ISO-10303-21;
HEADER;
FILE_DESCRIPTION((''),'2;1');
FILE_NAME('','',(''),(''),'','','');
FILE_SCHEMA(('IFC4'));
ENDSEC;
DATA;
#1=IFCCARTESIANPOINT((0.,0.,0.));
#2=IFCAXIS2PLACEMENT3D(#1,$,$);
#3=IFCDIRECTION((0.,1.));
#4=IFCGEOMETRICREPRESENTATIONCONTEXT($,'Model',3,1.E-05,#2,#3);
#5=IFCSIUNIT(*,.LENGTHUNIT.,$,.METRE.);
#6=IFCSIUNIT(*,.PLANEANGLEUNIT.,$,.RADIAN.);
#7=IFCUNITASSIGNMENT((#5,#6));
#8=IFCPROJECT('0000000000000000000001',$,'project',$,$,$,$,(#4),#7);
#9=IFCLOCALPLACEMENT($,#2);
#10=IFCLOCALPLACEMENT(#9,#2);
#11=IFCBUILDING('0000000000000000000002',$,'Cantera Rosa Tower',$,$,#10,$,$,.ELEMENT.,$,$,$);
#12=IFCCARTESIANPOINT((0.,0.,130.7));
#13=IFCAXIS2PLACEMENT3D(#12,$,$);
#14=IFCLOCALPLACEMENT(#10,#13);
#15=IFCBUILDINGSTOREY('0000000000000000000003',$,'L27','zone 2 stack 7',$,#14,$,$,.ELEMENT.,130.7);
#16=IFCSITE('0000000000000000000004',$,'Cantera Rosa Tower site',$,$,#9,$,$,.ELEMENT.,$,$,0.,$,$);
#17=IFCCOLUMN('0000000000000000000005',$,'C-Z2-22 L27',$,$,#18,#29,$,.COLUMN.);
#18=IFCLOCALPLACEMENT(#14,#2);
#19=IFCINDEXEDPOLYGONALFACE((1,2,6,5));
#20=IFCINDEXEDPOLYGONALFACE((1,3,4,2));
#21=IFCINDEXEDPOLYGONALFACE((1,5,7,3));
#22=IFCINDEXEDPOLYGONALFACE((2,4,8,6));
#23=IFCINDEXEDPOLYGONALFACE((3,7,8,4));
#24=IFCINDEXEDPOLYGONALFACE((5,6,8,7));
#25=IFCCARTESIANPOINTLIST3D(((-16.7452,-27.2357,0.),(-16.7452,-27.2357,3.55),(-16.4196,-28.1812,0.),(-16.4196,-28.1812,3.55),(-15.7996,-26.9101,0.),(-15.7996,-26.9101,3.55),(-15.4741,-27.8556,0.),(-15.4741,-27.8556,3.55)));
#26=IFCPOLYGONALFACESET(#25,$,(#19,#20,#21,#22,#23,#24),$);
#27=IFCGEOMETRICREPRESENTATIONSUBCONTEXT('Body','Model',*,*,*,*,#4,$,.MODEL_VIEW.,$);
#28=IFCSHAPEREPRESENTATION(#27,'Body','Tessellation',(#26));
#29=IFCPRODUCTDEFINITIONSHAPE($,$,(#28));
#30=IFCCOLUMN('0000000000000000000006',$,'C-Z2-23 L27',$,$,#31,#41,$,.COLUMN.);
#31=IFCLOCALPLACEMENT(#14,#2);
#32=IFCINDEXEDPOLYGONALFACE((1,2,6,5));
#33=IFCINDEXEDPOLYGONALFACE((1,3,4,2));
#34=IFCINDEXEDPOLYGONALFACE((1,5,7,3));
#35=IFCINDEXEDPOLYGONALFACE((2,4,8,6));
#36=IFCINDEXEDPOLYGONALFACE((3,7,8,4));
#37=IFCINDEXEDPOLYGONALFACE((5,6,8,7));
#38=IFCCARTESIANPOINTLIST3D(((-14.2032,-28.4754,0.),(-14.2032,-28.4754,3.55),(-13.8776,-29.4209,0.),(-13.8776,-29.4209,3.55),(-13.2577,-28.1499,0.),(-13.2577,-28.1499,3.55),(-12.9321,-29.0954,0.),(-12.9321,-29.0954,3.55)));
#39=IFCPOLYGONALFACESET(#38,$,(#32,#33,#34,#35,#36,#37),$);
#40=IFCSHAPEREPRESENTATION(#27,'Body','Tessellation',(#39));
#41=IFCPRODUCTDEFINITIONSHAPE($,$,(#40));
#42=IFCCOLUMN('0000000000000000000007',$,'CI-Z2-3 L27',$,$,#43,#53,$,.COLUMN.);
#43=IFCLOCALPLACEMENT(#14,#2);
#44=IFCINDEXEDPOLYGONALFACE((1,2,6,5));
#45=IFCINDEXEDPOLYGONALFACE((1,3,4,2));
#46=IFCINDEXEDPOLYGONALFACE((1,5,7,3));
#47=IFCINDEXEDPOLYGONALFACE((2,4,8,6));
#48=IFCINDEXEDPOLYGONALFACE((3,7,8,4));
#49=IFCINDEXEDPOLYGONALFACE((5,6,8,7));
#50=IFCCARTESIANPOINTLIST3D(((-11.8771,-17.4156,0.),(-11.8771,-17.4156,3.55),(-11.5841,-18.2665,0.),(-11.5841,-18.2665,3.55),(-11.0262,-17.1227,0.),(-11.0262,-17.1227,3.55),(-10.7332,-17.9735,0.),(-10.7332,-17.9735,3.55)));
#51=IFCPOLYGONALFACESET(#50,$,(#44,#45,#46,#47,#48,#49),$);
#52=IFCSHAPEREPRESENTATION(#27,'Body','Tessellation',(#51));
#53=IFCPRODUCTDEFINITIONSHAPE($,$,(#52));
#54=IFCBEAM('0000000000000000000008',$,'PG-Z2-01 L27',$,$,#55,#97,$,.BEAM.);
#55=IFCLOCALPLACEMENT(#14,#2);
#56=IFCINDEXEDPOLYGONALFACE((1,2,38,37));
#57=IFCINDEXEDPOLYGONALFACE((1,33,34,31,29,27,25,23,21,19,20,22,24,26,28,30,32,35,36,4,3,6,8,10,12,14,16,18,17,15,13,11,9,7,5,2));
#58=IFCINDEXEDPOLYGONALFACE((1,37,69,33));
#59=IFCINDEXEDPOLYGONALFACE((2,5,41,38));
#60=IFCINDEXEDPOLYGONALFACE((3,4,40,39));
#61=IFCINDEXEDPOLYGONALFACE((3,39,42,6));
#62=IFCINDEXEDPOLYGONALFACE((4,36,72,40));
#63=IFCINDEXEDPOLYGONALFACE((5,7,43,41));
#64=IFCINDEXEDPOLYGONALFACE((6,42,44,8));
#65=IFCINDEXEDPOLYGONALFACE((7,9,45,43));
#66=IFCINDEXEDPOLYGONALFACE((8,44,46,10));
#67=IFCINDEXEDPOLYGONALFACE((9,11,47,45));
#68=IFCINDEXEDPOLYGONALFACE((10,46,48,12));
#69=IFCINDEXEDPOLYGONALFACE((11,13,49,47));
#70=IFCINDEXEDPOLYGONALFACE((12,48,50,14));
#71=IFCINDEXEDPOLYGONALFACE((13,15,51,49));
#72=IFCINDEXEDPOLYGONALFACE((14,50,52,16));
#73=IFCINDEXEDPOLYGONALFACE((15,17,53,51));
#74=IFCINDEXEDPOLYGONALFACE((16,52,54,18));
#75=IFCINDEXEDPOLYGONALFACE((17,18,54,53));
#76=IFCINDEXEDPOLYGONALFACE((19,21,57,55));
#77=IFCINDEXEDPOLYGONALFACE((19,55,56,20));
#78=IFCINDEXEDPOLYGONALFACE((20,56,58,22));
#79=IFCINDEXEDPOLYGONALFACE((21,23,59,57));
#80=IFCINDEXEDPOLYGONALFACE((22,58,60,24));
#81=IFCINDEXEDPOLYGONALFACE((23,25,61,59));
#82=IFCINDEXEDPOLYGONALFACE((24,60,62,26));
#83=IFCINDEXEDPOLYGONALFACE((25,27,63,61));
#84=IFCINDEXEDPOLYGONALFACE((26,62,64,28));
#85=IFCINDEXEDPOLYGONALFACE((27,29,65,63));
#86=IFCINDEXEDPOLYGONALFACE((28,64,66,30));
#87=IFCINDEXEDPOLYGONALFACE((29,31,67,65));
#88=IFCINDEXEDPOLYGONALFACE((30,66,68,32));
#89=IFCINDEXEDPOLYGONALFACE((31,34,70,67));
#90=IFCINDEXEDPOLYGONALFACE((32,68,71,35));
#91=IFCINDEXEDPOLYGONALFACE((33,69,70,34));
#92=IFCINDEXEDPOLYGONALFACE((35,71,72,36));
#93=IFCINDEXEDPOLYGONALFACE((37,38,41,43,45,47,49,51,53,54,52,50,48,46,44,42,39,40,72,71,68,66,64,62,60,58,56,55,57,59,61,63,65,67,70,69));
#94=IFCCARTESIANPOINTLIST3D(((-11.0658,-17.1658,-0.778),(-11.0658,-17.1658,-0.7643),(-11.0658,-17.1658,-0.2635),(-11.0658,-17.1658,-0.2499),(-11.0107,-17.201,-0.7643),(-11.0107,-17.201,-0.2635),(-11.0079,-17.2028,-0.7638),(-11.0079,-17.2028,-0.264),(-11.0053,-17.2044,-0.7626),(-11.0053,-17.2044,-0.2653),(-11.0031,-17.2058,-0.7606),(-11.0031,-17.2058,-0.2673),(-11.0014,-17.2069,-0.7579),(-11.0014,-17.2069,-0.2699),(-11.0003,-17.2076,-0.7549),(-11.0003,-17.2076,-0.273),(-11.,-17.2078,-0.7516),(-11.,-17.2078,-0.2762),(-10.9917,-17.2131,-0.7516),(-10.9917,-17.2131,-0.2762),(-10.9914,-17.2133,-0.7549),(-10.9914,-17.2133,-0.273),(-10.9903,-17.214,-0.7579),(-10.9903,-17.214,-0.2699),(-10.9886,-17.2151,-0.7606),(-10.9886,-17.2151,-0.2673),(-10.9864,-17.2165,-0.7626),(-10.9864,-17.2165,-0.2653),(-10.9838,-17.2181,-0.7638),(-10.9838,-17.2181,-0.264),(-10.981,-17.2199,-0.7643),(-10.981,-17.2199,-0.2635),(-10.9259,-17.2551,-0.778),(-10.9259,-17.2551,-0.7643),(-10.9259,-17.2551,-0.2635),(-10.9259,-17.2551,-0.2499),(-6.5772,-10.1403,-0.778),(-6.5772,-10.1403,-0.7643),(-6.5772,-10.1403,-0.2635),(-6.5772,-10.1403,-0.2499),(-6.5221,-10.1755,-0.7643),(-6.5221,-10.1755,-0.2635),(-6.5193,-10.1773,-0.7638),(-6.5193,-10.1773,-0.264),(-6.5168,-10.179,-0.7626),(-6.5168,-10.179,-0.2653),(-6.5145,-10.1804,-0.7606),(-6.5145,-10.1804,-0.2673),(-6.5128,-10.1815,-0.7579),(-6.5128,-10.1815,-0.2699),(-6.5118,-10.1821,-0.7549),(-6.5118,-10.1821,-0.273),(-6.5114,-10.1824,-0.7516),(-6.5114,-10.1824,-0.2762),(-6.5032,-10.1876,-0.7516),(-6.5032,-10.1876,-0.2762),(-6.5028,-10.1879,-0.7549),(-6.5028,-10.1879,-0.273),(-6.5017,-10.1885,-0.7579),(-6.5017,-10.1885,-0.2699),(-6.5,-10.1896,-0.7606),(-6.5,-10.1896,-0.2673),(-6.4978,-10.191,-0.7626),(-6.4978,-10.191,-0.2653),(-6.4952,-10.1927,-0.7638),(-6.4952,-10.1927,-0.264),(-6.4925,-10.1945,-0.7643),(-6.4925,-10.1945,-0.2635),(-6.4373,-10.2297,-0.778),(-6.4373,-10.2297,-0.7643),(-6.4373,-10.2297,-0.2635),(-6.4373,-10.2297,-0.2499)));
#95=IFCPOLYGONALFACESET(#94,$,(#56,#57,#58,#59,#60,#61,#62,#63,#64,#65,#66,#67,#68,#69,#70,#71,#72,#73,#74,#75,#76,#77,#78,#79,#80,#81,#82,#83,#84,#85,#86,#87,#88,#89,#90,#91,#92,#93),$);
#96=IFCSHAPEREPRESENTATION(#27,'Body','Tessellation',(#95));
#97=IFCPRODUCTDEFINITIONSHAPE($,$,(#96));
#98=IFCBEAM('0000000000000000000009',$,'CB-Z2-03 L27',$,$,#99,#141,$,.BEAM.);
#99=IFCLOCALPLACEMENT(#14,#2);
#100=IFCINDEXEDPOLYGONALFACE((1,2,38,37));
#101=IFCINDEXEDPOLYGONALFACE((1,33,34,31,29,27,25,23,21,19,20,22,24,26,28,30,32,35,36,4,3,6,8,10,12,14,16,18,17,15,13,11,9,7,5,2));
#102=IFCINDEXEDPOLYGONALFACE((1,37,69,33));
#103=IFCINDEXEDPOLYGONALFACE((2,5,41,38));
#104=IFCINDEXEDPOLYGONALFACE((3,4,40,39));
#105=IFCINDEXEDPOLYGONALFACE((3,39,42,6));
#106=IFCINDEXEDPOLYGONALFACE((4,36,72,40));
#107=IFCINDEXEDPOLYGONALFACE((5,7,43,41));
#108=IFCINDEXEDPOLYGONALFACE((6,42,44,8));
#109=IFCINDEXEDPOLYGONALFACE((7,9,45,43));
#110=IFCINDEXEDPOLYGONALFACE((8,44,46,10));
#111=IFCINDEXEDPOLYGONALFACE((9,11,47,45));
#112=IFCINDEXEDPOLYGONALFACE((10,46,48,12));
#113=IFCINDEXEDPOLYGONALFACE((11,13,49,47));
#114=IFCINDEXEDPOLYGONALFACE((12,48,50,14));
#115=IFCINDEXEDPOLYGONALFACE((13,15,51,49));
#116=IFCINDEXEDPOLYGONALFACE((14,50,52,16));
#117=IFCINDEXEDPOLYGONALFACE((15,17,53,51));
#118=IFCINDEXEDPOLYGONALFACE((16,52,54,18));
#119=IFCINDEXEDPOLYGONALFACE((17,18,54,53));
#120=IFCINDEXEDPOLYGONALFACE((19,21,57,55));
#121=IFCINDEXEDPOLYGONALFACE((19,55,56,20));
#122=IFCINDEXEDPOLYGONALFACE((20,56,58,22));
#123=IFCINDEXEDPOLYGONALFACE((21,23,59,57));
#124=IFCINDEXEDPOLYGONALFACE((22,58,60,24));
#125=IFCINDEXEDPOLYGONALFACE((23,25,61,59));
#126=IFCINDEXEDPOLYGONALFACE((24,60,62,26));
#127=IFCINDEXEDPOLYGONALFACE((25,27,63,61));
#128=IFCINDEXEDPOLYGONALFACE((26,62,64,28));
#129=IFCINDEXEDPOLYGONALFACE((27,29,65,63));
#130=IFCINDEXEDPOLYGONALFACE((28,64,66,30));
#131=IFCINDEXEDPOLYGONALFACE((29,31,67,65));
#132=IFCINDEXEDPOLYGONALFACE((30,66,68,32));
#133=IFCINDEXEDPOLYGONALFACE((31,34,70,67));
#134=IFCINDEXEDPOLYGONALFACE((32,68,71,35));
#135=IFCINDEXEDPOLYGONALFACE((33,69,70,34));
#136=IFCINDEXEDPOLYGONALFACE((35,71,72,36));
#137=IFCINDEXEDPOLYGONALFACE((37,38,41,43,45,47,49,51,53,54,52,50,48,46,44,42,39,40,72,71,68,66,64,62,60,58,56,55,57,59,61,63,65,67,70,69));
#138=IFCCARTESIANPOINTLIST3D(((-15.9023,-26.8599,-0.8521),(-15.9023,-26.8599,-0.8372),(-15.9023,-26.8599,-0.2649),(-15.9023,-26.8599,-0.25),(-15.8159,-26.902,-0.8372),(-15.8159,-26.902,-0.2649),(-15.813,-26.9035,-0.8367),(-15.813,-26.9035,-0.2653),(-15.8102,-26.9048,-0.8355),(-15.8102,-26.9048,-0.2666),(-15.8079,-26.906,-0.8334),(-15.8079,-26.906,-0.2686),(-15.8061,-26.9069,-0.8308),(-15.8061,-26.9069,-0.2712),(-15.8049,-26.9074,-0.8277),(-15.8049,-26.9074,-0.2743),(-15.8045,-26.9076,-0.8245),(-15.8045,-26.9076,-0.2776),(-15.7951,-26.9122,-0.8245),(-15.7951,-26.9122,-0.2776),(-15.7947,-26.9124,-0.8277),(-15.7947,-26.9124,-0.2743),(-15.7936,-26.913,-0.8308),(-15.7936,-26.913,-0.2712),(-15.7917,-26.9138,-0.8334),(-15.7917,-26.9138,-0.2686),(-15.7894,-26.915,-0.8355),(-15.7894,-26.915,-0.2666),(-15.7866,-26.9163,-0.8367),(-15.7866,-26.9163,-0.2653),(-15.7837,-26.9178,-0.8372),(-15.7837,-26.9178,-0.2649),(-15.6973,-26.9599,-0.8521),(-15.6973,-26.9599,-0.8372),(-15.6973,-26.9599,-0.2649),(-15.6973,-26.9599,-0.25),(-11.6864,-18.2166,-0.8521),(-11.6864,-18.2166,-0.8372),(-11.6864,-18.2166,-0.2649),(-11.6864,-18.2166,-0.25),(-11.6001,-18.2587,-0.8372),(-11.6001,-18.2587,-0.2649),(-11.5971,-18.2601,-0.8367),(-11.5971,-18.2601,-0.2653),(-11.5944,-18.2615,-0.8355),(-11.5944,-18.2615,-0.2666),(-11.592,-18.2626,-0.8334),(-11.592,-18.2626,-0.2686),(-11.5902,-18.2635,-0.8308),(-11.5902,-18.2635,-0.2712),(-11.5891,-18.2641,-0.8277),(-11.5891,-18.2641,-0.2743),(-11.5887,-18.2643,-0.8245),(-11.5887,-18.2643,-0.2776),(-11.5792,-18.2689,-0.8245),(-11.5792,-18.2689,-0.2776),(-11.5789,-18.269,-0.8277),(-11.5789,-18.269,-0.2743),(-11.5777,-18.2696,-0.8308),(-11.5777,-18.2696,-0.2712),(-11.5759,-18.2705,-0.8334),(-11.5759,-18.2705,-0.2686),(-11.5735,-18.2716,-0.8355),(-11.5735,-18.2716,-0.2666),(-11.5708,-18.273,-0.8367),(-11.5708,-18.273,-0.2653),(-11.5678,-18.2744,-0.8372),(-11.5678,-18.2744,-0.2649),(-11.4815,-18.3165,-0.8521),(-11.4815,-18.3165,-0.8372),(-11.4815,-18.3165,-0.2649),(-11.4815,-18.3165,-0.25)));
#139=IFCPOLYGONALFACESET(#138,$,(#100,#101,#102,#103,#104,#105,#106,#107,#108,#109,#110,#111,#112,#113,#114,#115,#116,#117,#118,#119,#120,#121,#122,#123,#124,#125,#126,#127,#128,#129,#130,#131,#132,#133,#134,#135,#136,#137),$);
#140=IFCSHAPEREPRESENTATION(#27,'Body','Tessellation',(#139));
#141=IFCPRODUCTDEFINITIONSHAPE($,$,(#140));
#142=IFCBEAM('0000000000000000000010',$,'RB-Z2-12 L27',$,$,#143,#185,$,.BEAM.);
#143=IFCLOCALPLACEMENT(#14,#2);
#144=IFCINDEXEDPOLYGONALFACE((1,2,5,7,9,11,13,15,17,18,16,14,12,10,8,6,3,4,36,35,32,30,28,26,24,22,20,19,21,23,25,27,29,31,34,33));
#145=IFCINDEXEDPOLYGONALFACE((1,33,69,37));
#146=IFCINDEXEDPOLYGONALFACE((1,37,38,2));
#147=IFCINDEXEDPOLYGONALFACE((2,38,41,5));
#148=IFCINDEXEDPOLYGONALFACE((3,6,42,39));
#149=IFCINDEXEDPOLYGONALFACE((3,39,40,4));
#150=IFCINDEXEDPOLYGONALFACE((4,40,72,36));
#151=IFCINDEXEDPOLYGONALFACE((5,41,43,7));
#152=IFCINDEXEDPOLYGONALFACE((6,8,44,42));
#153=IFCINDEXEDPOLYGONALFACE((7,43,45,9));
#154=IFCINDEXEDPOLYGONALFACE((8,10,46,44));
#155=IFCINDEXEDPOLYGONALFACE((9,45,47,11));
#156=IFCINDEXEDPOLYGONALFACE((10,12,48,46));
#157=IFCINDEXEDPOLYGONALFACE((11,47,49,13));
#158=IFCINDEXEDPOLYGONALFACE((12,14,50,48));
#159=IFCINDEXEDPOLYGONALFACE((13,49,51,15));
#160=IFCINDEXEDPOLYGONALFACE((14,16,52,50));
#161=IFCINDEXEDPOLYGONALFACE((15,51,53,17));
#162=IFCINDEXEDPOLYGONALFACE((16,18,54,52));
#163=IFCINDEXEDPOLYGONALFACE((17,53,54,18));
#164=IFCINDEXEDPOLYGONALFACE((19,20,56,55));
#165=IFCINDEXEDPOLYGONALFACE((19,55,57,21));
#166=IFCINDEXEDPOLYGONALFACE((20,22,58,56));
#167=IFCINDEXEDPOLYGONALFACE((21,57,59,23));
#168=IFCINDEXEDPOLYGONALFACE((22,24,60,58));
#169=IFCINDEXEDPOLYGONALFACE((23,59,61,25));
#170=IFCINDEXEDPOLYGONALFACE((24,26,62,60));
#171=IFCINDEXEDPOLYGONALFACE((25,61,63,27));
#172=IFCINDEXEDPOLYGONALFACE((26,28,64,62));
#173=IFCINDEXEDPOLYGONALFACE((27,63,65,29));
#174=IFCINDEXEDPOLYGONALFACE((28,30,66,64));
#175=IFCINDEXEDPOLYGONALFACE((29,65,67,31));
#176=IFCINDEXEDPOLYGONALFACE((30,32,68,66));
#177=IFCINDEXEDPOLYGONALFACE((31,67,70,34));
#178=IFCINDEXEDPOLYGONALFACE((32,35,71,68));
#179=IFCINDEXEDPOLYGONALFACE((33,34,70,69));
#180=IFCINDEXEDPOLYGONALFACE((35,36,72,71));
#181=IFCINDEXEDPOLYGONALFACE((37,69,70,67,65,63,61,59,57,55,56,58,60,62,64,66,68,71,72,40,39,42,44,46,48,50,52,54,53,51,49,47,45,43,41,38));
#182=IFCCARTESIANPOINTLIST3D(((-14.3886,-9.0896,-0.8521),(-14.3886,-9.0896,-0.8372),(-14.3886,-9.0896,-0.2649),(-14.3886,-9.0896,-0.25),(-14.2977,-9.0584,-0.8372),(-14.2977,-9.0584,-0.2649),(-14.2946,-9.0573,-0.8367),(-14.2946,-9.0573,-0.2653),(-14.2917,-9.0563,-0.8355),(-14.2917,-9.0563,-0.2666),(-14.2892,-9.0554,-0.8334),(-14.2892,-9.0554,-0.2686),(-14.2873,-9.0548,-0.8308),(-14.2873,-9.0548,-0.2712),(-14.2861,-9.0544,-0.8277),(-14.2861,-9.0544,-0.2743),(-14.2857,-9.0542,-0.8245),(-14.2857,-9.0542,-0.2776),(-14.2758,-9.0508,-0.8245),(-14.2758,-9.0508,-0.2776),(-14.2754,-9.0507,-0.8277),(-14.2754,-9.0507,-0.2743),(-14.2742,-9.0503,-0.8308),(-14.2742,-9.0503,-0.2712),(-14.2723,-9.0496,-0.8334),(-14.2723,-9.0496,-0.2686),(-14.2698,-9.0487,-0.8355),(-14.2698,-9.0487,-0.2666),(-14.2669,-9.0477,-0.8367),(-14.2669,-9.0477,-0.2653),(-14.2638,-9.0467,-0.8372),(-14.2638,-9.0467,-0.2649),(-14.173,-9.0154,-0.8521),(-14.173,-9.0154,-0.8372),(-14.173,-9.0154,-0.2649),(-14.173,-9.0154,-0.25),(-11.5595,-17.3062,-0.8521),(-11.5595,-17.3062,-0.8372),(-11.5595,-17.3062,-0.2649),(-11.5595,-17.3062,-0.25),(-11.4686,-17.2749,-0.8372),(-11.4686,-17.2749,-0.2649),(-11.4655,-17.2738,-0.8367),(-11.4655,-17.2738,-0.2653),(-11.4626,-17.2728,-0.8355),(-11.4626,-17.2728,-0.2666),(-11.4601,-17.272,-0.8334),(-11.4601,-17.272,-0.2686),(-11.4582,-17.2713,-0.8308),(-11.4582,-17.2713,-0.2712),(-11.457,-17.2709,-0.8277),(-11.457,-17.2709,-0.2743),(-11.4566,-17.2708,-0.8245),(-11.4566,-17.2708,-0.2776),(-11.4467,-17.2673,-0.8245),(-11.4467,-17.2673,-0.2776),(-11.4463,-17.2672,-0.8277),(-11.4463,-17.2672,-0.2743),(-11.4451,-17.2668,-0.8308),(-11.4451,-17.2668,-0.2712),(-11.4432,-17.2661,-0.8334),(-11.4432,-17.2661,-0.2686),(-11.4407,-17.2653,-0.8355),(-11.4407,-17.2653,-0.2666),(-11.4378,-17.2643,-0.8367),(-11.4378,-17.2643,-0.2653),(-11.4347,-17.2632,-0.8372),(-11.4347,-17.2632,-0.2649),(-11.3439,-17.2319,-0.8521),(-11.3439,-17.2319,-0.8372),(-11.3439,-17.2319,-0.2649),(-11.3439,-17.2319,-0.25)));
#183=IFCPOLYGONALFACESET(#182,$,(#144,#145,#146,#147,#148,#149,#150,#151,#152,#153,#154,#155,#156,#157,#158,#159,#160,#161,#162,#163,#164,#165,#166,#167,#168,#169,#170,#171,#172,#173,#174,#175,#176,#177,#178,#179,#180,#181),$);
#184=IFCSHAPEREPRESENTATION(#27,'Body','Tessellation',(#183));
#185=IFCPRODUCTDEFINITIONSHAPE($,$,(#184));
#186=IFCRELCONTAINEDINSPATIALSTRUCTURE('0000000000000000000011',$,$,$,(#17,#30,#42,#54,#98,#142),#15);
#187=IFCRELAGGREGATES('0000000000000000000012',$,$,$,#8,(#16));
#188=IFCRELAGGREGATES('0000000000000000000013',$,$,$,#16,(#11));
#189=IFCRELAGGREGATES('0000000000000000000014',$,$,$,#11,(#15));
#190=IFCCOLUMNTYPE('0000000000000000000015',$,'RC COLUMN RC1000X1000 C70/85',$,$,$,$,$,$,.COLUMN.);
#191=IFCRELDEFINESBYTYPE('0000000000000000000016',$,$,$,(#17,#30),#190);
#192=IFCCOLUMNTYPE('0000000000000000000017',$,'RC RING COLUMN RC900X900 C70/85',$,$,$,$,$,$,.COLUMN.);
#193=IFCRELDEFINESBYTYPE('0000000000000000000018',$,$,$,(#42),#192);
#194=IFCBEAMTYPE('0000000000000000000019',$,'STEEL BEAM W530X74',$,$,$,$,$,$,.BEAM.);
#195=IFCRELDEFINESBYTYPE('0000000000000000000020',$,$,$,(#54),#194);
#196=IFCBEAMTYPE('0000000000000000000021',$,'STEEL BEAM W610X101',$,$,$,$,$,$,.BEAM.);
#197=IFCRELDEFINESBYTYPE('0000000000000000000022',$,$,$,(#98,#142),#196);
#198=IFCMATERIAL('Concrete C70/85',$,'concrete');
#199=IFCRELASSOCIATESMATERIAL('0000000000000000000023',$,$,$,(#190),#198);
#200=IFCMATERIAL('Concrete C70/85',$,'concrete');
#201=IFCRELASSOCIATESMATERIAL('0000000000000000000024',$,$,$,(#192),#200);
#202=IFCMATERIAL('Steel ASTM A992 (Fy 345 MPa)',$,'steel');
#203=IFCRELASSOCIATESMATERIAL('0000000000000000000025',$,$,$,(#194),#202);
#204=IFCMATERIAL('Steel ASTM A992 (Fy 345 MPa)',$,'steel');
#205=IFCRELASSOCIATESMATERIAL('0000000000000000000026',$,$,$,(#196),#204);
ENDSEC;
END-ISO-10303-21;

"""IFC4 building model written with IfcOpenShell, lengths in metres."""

from ifc_helpers import new_model, si_unit, direction, frame, origin, origin_2d, place, context, subcontext, project, spatial, rectangle, i_section, extrude, material, material_profile, profile_set, type_object, element, save


model = new_model("IFC4")

# Units and contexts
model_context = context("Model", 3, precision=1e-05, world=origin(), true_north=direction((0.0, 1.0)))
body_context = subcontext(model_context, "Body", "Model", "MODEL_VIEW")
ifc_project = project(units=[si_unit("LENGTHUNIT", "METRE"), si_unit("PLANEANGLEUNIT", "RADIAN")], contexts=[model_context])

# Site, building, storey
site_placement = place(None, origin())
site = spatial("IfcSite", under=ifc_project, at=site_placement, Name="Cantera Rosa Tower site", CompositionType="ELEMENT", RefElevation=0.0)
building_placement = place(site_placement, origin())
building = spatial("IfcBuilding", under=site, at=building_placement, Name="Cantera Rosa Tower", CompositionType="ELEMENT")
storey_placement = place(building_placement, frame((0.0, 0.0, 130.7)))
storey = spatial("IfcBuildingStorey", under=building, at=storey_placement, Name="L27", Description="zone 2 stack 7", CompositionType="ELEMENT", Elevation=130.7)

# Columns
ifc_material_1 = material(Name="Concrete C70/85", Category="concrete")
ifc_material_profile_1 = material_profile(ifc_material_1, rectangle(XDim=1.0, YDim=1.0, at=origin_2d()), Name="RC COLUMN RC1000X1000 C70/85")
ifc_profile_set_1 = profile_set([ifc_material_profile_1], Name="Concrete C70/85")
column_type_1 = type_object("IfcColumnType", Name="RC COLUMN RC1000X1000 C70/85", PredefinedType="COLUMN", material=ifc_profile_set_1)
for number, where, z_axis, x_axis, name in (
    (1, (-16.1096, -27.5457, 0.0), (0.0, 0.0, 1.0), (0.945519, 0.325568, 0.0), "C-Z2-22 L27"),
    (2, (-13.5676, -28.7854, 0.0), (0.0, 0.0, 1.0), (0.945519, 0.325568, 0.0), "C-Z2-23 L27"),
):
    element("IfcColumn", number, at=place(storey_placement, frame(where, z_axis=z_axis, x_axis=x_axis)), inside=storey, type_object=column_type_1, Name=name, PredefinedType="COLUMN", context=body_context, shape_type="SweptSolid", body=[
        extrude(rectangle(XDim=1.0, YDim=1.0, at=origin_2d()), origin(), (0.0, 0.0, 1.0), 3.55),
    ])
ifc_material_2 = material(Name="Concrete C70/85", Category="concrete")
ifc_material_profile_2 = material_profile(ifc_material_2, rectangle(XDim=0.8999, YDim=0.8999, at=origin_2d()), Name="RC RING COLUMN RC900X900 C70/85")
ifc_profile_set_2 = profile_set([ifc_material_profile_2], Name="Concrete C70/85")
column_type_2 = type_object("IfcColumnType", Name="RC RING COLUMN RC900X900 C70/85", PredefinedType="COLUMN", material=ifc_profile_set_2)
column_placement = place(storey_placement, frame((-11.3052, -17.6946, 0.0), z_axis=(0.0, 0.0, 1.0), x_axis=(0.945519, 0.325568, 0.0)))
element("IfcColumn", 3, at=column_placement, inside=storey, type_object=column_type_2, Name="CI-Z2-3 L27", PredefinedType="COLUMN", context=body_context, shape_type="SweptSolid", body=[
    extrude(rectangle(XDim=0.8999, YDim=0.8999, at=origin_2d()), origin(), (0.0, 0.0, 1.0), 3.55),
])

# Beams
ifc_material_3 = material(Name="Steel ASTM A992 (Fy 345 MPa)", Category="steel")
ifc_material_profile_3 = material_profile(ifc_material_3, i_section(OverallWidth=0.166, OverallDepth=0.5281, WebThickness=0.0098, FlangeThickness=0.0137, FilletRadius=0.0127, at=origin_2d()), Name="W530X74")
ifc_profile_set_3 = profile_set([ifc_material_profile_3], Name="Steel ASTM A992 (Fy 345 MPa)")
beam_type_1 = type_object("IfcBeamType", Name="STEEL BEAM W530X74", PredefinedType="BEAM", material=ifc_profile_set_3)
beam_1_placement = place(storey_placement, frame((-10.9958, -17.2104, -0.5139), z_axis=(0.538396, 0.842692, 0.0), x_axis=(-0.842692, 0.538396, 0.0)))
element("IfcBeam", 4, at=beam_1_placement, inside=storey, type_object=beam_type_1, Name="PG-Z2-01 L27", PredefinedType="BEAM", context=body_context, shape_type="SweptSolid", body=[
    extrude(i_section(OverallWidth=0.166, OverallDepth=0.5281, WebThickness=0.0098, FlangeThickness=0.0137, FilletRadius=0.0127, at=origin_2d()), origin(), (0.0, 0.0, 1.0), 8.3369),
])
ifc_material_4 = material(Name="Steel ASTM A992 (Fy 345 MPa)", Category="steel")
ifc_material_profile_4 = material_profile(ifc_material_4, i_section(OverallWidth=0.228, OverallDepth=0.6021, WebThickness=0.0105, FlangeThickness=0.0149, FilletRadius=0.0127, at=origin_2d()), Name="W610X101")
ifc_profile_set_4 = profile_set([ifc_material_profile_4], Name="Steel ASTM A992 (Fy 345 MPa)")
beam_type_2 = type_object("IfcBeamType", Name="STEEL BEAM W610X101", PredefinedType="BEAM", material=ifc_profile_set_4)
beam_2_placement = place(storey_placement, frame((-15.7998, -26.9099, -0.551), z_axis=(0.438388, 0.898786, 0.0), x_axis=(-0.898786, 0.438388, 0.0)))
element("IfcBeam", 5, at=beam_2_placement, inside=storey, type_object=beam_type_2, Name="CB-Z2-03 L27", PredefinedType="BEAM", context=body_context, shape_type="SweptSolid", body=[
    extrude(i_section(OverallWidth=0.228, OverallDepth=0.6021, WebThickness=0.0105, FlangeThickness=0.0149, FilletRadius=0.0127, at=origin_2d()), origin(), (0.0, 0.0, 1.0), 9.6167),
])
beam_3_placement = place(storey_placement, frame((-11.4517, -17.269, -0.551), z_axis=(-0.325559, 0.945522, 0.0), x_axis=(-0.945522, -0.325559, 0.0)))
element("IfcBeam", 6, at=beam_3_placement, inside=storey, type_object=beam_type_2, Name="RB-Z2-12 L27", PredefinedType="BEAM", context=body_context, shape_type="SweptSolid", body=[
    extrude(i_section(OverallWidth=0.228, OverallDepth=0.6021, WebThickness=0.0105, FlangeThickness=0.0149, FilletRadius=0.0127, at=origin_2d()), origin(), (0.0, 0.0, 1.0), 8.6899),
])

save(model, "model.ifc")
